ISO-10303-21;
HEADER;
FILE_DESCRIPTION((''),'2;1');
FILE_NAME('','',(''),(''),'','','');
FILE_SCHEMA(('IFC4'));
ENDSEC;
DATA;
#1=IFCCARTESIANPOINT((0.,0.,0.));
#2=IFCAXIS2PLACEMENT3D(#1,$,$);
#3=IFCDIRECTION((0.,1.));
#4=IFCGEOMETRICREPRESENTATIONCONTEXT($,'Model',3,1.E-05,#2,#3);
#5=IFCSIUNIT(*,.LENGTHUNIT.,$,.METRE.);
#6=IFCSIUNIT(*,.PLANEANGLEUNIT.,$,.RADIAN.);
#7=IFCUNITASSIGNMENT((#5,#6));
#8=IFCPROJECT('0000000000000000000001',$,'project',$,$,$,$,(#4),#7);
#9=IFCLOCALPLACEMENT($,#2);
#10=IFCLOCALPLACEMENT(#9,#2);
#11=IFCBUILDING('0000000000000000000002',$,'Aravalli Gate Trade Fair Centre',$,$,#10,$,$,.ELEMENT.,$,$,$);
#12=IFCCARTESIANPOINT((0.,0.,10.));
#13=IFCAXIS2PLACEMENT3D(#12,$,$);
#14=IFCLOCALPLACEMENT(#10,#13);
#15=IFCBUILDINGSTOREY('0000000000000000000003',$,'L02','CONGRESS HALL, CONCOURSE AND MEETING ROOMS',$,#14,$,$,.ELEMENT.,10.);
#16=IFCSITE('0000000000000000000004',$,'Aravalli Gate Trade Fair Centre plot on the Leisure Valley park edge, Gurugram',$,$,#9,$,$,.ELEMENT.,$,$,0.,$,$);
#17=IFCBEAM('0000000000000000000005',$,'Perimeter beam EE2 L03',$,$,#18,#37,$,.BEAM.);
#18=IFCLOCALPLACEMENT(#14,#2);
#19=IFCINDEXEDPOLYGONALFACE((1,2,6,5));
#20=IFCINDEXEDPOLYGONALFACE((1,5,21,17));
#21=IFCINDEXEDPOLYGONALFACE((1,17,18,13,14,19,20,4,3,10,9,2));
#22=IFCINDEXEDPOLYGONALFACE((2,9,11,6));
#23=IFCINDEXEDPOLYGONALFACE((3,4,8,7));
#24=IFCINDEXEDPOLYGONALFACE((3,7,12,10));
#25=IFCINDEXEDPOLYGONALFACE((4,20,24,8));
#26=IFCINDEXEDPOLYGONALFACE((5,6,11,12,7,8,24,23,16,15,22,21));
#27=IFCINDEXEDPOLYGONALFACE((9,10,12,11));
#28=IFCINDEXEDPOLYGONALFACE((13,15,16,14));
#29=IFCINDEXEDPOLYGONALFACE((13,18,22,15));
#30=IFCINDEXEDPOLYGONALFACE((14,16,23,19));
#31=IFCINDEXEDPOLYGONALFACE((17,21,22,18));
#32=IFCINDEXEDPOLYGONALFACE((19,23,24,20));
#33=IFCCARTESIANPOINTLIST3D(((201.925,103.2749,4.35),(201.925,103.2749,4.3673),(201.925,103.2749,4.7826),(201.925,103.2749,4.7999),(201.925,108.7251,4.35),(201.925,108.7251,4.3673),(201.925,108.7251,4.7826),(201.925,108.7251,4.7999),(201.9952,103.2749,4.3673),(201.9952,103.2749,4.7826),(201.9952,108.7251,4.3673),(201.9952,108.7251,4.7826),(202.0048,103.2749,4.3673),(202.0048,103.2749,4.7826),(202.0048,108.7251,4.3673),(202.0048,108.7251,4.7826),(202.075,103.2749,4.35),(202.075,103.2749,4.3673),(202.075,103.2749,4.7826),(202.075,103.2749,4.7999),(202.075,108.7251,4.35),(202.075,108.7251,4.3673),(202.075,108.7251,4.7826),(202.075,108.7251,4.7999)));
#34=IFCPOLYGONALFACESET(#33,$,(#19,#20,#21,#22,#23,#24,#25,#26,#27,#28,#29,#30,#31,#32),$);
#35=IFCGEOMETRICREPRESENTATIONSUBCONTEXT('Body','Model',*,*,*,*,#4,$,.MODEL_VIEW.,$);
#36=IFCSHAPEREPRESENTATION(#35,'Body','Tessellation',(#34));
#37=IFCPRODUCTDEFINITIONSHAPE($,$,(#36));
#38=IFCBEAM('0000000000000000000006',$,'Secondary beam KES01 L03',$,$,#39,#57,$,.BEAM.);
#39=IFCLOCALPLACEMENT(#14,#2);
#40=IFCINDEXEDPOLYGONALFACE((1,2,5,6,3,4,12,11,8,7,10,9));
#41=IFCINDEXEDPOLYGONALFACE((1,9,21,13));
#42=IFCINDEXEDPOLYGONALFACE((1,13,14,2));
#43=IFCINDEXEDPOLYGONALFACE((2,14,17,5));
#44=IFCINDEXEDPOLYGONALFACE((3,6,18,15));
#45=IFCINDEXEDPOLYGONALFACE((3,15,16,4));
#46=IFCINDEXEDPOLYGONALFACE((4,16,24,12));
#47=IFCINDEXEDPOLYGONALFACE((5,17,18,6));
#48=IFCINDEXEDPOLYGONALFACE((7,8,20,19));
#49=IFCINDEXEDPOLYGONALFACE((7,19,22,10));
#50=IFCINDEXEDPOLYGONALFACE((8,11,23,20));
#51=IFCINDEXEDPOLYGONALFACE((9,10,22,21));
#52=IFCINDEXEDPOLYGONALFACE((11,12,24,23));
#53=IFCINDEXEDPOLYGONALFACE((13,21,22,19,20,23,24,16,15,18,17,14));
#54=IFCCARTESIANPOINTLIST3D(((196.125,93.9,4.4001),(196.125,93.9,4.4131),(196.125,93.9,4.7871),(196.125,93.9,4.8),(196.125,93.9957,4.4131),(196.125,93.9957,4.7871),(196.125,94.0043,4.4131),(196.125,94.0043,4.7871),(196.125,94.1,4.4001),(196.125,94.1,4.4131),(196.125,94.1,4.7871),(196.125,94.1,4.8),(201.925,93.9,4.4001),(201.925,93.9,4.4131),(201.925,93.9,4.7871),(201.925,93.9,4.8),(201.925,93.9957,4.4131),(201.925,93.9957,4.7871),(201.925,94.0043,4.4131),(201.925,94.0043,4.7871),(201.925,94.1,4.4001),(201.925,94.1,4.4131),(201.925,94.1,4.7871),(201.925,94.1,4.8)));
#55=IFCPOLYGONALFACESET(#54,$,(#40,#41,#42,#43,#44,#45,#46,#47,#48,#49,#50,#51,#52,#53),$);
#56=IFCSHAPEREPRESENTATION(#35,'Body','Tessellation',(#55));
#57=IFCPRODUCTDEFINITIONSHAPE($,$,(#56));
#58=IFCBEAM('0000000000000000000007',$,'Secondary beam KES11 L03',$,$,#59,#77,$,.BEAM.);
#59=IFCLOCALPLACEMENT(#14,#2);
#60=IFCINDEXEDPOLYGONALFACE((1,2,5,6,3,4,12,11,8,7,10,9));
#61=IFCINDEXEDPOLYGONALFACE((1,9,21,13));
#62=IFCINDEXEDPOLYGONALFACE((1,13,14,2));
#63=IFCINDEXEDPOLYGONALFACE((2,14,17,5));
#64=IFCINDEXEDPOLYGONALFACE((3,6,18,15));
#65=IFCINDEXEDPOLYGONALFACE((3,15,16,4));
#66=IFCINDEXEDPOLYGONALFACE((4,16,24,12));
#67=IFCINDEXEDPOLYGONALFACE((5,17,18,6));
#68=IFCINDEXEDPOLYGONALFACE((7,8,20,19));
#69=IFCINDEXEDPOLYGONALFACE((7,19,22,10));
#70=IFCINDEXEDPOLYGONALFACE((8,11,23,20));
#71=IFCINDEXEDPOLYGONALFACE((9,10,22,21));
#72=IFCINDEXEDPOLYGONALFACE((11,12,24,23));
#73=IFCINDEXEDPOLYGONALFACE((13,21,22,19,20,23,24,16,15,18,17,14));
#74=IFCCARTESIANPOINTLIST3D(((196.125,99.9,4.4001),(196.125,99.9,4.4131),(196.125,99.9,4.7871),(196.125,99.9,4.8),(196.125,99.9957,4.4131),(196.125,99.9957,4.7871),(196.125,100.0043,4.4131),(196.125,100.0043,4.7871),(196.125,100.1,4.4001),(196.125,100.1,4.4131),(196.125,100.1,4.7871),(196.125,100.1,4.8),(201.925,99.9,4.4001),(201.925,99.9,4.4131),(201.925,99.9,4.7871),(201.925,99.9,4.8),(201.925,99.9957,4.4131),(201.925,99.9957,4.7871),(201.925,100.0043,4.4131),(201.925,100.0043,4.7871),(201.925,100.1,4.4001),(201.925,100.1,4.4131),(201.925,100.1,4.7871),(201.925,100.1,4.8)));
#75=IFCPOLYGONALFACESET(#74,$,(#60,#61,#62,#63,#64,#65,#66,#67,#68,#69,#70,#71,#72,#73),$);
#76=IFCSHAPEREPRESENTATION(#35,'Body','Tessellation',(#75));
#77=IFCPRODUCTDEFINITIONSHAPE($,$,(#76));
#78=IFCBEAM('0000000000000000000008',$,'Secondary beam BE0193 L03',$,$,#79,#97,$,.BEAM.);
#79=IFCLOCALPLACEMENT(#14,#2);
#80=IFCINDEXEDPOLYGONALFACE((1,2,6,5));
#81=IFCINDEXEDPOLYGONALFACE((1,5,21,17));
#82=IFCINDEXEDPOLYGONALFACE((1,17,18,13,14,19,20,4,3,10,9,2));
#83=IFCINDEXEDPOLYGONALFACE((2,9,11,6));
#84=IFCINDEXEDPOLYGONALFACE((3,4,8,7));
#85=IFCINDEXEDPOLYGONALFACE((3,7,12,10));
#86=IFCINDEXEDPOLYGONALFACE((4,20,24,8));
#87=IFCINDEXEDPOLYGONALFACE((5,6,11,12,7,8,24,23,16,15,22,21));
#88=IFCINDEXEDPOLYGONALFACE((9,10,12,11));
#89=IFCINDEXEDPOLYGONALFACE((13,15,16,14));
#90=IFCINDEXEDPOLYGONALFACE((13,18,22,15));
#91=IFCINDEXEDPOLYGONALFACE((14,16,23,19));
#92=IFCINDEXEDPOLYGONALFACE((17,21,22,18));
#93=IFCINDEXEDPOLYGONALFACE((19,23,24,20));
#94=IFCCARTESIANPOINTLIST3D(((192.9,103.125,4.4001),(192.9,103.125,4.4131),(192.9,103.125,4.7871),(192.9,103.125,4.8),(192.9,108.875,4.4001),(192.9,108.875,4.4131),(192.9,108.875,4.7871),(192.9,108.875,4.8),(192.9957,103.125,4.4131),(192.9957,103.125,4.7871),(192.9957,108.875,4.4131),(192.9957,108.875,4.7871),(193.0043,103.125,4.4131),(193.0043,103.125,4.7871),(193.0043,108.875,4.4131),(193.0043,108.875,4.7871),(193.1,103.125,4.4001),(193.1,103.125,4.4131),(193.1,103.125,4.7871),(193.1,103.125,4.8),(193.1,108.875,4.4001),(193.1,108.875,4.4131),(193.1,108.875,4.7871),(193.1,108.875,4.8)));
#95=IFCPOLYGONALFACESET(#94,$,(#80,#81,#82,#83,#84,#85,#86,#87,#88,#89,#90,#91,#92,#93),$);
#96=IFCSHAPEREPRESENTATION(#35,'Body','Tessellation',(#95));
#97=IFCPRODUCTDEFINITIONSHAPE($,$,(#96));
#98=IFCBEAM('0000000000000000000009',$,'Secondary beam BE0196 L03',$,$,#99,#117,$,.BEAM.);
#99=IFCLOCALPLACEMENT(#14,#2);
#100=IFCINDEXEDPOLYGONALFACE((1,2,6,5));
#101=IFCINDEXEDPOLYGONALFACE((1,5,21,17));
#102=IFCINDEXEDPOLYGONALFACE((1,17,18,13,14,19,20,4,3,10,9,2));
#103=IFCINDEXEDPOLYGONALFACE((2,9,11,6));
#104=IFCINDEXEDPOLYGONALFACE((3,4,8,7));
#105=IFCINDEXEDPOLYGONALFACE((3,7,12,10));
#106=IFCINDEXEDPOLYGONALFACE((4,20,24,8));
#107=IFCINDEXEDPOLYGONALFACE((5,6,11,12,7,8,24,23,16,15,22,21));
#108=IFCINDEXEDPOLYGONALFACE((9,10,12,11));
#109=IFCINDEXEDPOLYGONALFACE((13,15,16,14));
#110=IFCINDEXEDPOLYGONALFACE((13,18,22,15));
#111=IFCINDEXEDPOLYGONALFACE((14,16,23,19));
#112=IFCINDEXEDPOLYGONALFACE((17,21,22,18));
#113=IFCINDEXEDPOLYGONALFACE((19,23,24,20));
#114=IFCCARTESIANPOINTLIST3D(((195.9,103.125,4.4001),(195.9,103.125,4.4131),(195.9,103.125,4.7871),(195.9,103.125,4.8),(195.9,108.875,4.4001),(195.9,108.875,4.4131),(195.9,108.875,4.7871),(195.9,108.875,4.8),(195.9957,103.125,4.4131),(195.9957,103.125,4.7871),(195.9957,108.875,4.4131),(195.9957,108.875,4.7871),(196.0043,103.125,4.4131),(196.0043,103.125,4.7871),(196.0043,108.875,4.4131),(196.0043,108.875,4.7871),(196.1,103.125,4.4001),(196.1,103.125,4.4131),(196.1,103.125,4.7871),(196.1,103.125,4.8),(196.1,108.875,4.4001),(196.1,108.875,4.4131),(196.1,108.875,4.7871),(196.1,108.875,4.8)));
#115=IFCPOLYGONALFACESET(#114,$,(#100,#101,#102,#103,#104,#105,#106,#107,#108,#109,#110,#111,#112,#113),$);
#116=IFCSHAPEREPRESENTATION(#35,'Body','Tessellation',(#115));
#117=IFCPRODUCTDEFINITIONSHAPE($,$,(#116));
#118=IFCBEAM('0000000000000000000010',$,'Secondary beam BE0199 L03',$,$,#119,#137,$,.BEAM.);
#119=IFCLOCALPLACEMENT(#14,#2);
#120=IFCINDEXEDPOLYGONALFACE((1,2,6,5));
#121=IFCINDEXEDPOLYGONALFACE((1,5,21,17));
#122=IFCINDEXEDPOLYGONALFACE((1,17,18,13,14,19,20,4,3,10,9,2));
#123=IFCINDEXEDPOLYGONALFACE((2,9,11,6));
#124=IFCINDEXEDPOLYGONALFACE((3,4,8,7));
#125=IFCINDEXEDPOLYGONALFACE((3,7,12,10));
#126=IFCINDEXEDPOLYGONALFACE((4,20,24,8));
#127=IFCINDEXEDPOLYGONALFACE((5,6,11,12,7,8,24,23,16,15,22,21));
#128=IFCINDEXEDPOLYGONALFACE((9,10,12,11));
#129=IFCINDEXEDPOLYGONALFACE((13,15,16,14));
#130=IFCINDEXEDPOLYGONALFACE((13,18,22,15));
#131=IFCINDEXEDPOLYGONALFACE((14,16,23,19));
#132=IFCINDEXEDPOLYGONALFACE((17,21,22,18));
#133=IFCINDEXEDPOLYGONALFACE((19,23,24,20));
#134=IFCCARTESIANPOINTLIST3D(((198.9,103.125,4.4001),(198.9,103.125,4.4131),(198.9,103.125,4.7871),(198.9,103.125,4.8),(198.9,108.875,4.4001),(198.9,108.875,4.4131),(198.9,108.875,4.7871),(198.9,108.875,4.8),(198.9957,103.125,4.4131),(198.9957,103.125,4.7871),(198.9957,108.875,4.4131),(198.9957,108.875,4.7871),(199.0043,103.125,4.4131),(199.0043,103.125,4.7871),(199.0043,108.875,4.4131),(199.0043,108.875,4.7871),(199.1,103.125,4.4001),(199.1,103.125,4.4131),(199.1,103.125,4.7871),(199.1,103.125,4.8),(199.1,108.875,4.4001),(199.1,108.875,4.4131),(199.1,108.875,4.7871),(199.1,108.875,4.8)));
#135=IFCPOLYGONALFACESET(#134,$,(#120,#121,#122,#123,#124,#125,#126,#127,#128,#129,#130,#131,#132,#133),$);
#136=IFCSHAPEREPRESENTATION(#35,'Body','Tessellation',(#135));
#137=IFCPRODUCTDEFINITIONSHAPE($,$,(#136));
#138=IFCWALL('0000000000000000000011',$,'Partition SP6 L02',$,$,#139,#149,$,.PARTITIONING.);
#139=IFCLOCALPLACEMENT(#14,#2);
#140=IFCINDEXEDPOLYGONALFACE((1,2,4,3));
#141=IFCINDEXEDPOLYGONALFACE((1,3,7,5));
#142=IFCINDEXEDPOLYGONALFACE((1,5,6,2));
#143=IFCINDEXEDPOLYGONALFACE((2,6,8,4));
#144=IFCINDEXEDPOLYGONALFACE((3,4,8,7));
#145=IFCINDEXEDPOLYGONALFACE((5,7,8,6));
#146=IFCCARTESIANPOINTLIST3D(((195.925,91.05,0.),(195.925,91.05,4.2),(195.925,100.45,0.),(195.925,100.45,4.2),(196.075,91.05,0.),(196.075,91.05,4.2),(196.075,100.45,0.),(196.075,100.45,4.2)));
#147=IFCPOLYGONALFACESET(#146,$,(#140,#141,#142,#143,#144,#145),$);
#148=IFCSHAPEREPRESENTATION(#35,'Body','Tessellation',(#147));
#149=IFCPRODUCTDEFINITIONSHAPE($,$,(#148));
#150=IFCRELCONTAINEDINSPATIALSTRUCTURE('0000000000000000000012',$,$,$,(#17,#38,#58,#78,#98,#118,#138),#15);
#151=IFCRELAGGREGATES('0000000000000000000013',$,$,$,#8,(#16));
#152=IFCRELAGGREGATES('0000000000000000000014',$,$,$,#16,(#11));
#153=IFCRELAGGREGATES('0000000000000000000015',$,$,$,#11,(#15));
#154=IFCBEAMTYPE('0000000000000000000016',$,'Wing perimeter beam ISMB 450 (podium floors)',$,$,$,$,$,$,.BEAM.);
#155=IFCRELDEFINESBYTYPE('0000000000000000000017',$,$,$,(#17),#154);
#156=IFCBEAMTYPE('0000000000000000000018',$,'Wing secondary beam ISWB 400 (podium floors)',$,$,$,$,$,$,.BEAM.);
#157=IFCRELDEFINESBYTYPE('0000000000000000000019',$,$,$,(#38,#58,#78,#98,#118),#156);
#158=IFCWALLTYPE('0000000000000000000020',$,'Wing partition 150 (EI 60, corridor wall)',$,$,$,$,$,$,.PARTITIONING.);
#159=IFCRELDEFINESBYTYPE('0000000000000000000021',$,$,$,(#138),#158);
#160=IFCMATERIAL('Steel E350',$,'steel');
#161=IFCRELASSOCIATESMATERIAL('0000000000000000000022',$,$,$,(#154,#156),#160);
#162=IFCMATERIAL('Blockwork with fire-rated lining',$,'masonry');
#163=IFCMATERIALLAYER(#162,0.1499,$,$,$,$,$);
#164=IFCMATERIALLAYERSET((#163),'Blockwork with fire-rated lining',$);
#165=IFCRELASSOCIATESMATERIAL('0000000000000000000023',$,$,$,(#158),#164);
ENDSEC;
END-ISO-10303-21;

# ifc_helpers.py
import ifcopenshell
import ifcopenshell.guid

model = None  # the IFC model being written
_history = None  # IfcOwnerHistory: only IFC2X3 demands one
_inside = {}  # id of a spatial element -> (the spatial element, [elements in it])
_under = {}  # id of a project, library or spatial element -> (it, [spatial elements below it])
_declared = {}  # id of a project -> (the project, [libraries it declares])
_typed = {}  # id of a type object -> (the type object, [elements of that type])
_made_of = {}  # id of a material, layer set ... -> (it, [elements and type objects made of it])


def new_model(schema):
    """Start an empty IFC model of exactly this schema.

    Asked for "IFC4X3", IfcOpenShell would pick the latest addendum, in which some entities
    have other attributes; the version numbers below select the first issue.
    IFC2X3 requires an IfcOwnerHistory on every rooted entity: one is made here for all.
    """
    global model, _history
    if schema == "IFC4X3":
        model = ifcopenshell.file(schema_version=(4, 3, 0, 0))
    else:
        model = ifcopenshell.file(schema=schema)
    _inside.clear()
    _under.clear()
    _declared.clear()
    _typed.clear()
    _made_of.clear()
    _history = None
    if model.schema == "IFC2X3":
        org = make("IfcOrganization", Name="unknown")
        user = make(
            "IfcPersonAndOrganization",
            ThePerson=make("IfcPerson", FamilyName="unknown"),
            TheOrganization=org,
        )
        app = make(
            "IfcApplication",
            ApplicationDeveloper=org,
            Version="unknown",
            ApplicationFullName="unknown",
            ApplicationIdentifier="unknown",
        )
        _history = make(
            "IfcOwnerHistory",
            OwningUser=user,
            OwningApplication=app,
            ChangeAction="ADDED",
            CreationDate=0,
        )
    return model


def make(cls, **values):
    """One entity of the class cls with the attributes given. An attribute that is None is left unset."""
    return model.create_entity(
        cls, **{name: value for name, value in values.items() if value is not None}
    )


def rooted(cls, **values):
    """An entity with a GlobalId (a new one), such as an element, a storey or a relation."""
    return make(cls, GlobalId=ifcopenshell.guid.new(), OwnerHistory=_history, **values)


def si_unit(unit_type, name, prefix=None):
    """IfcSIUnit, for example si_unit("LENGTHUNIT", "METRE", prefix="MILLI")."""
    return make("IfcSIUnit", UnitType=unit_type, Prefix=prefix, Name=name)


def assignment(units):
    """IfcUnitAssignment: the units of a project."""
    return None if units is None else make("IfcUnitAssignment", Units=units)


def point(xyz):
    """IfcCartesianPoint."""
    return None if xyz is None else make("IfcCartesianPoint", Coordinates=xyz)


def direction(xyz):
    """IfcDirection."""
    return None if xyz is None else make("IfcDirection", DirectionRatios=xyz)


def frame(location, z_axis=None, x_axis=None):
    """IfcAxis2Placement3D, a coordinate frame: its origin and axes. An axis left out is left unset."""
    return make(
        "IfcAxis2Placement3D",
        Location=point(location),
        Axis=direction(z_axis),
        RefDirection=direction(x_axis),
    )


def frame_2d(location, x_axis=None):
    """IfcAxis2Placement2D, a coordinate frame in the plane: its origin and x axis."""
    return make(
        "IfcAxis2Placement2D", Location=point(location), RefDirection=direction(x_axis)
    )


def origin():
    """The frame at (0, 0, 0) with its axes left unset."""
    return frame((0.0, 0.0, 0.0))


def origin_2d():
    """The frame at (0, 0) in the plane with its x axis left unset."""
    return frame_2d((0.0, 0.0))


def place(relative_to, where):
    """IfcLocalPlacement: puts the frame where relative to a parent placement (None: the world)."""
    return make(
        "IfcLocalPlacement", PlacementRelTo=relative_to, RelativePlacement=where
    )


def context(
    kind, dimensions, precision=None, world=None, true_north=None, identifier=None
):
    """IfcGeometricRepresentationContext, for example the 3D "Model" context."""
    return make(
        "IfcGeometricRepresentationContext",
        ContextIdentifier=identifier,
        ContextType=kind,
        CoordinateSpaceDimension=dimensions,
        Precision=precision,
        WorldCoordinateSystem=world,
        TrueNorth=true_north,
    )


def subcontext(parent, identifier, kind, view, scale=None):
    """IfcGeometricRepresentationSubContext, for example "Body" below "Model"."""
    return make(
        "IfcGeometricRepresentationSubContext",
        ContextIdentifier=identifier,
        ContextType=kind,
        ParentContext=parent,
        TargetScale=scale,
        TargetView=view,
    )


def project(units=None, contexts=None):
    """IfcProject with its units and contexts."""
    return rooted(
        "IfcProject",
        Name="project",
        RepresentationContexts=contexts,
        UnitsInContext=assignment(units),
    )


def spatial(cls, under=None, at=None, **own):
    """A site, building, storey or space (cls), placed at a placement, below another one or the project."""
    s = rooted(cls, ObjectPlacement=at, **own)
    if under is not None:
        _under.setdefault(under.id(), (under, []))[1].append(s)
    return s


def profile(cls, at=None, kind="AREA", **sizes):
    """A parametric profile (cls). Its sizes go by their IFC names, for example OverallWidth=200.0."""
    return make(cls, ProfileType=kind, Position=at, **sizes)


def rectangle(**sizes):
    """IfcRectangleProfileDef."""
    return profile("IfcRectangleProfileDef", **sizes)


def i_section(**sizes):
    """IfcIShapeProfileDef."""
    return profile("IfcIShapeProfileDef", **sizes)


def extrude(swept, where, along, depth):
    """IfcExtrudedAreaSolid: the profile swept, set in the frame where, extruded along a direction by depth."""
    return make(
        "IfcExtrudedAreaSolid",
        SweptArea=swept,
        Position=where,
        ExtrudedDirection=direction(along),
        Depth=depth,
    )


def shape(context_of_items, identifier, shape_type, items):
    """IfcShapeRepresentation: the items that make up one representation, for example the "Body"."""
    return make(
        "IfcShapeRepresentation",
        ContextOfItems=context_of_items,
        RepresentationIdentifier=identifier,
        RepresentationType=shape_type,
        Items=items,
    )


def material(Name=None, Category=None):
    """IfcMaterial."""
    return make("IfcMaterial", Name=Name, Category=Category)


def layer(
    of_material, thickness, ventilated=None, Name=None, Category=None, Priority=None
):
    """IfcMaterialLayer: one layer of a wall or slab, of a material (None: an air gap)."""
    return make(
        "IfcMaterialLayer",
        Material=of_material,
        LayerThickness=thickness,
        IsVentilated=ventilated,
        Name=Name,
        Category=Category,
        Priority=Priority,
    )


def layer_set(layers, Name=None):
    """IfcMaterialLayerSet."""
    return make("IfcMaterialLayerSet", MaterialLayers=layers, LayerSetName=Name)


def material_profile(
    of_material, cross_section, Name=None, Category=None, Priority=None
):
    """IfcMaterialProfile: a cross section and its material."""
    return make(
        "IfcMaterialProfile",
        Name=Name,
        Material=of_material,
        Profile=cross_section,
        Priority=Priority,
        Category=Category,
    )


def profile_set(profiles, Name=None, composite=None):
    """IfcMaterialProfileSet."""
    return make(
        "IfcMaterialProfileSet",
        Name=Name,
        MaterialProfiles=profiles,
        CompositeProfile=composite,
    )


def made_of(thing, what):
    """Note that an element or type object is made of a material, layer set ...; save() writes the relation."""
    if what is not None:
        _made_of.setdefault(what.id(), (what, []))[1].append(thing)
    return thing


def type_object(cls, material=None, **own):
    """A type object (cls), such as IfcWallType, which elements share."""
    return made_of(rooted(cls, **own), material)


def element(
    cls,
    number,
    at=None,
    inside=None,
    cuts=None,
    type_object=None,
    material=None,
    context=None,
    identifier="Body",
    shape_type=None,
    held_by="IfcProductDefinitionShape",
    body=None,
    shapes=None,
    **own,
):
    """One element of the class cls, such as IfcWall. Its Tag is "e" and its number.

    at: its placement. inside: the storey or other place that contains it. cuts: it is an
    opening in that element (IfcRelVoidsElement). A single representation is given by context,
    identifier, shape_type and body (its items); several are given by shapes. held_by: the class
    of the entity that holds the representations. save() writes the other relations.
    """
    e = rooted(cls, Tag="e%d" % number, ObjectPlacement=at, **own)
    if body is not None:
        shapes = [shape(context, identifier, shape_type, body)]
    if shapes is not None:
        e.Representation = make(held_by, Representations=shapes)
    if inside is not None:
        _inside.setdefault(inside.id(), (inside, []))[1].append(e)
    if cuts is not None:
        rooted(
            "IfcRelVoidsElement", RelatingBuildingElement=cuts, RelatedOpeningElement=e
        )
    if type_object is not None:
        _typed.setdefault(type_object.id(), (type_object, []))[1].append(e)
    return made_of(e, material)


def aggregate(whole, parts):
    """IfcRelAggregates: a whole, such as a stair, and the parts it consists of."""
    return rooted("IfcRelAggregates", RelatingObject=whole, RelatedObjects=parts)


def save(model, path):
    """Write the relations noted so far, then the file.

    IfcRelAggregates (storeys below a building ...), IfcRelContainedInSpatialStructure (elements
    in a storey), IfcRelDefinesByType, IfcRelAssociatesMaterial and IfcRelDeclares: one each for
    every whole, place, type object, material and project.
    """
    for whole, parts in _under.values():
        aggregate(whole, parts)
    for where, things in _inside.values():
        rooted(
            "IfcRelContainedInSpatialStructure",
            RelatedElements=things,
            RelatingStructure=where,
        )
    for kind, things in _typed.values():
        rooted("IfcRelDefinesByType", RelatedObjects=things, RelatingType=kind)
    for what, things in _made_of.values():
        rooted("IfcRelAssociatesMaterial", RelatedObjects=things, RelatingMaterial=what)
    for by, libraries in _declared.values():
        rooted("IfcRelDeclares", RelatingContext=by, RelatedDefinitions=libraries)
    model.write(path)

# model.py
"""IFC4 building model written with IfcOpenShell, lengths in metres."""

from ifc_helpers import new_model, si_unit, direction, frame, frame_2d, origin, origin_2d, place, context, subcontext, project, spatial, rectangle, i_section, extrude, material, layer, layer_set, material_profile, profile_set, type_object, element, save


model = new_model("IFC4")

# Units and contexts
model_context = context("Model", 3, precision=1e-05, world=origin(), true_north=direction((0.0, 1.0)))
body_context = subcontext(model_context, "Body", "Model", "MODEL_VIEW")
ifc_project = project(units=[si_unit("LENGTHUNIT", "METRE"), si_unit("PLANEANGLEUNIT", "RADIAN")], contexts=[model_context])

# Site, building, storey
site_placement = place(None, origin())
site = spatial("IfcSite", under=ifc_project, at=site_placement, Name="Aravalli Gate Trade Fair Centre plot on the Leisure Valley park edge, Gurugram", CompositionType="ELEMENT", RefElevation=0.0)
building_placement = place(site_placement, origin())
building = spatial("IfcBuilding", under=site, at=building_placement, Name="Aravalli Gate Trade Fair Centre", CompositionType="ELEMENT")
storey_placement = place(building_placement, frame((0.0, 0.0, 10.0)))
storey = spatial("IfcBuildingStorey", under=building, at=storey_placement, Name="L02", Description="CONGRESS HALL, CONCOURSE AND MEETING ROOMS", CompositionType="ELEMENT", Elevation=10.0)

# Shared definitions
ifc_material_1 = material(Name="Steel E350", Category="steel")

# Beams
ifc_material_profile_1 = material_profile(ifc_material_1, i_section(OverallWidth=0.1499, OverallDepth=0.45, WebThickness=0.0095, FlangeThickness=0.0173, at=origin_2d()), Name="ISMB 450")
ifc_profile_set_1 = profile_set([ifc_material_profile_1], Name="Steel E350")
beam_type_1 = type_object("IfcBeamType", Name="Wing perimeter beam ISMB 450 (podium floors)", PredefinedType="BEAM", material=ifc_profile_set_1)
for number, where, z_axis, x_axis, name in (
    (1, (202.0, 103.2749, 4.575), (0.0, 1.0, 0.0), (-1.0, 0.0, 0.0), "Perimeter beam EE2 L03"),
):
    element("IfcBeam", number, at=place(storey_placement, frame(where, z_axis=z_axis, x_axis=x_axis)), inside=storey, type_object=beam_type_1, Name=name, PredefinedType="BEAM", context=body_context, shape_type="SweptSolid", body=[
        extrude(i_section(OverallWidth=0.1499, OverallDepth=0.45, WebThickness=0.0095, FlangeThickness=0.0173, at=origin_2d()), origin(), (0.0, 0.0, 1.0), 5.4502),
    ])
ifc_material_profile_2 = material_profile(ifc_material_1, i_section(OverallWidth=0.2, OverallDepth=0.3999, WebThickness=0.0085, FlangeThickness=0.0129, at=origin_2d()), Name="ISWB 400")
ifc_profile_set_2 = profile_set([ifc_material_profile_2], Name="Steel E350")
beam_type_2 = type_object("IfcBeamType", Name="Wing secondary beam ISWB 400 (podium floors)", PredefinedType="BEAM", material=ifc_profile_set_2)
for number, where, z_axis, x_axis, name in (
    (2, (196.125, 94.0, 4.6001), (1.0, 0.0, 0.0), (0.0, 1.0, 0.0), "Secondary beam KES01 L03"),
    (3, (196.125, 100.0, 4.6001), (1.0, 0.0, 0.0), (0.0, 1.0, 0.0), "Secondary beam KES11 L03"),
):
    element("IfcBeam", number, at=place(storey_placement, frame(where, z_axis=z_axis, x_axis=x_axis)), inside=storey, type_object=beam_type_2, Name=name, PredefinedType="BEAM", context=body_context, shape_type="SweptSolid", body=[
        extrude(i_section(OverallWidth=0.2, OverallDepth=0.3999, WebThickness=0.0085, FlangeThickness=0.0129, at=origin_2d()), origin(), (0.0, 0.0, 1.0), 5.8),
    ])
for number, where, z_axis, x_axis, name in (
    (4, (193.0, 103.125, 4.6001), (0.0, 1.0, 0.0), (-1.0, 0.0, 0.0), "Secondary beam BE0193 L03"),
    (5, (196.0, 103.125, 4.6001), (0.0, 1.0, 0.0), (-1.0, 0.0, 0.0), "Secondary beam BE0196 L03"),
    (6, (199.0, 103.125, 4.6001), (0.0, 1.0, 0.0), (-1.0, 0.0, 0.0), "Secondary beam BE0199 L03"),
):
    element("IfcBeam", number, at=place(storey_placement, frame(where, z_axis=z_axis, x_axis=x_axis)), inside=storey, type_object=beam_type_2, Name=name, PredefinedType="BEAM", context=body_context, shape_type="SweptSolid", body=[
        extrude(i_section(OverallWidth=0.2, OverallDepth=0.3999, WebThickness=0.0085, FlangeThickness=0.0129, at=origin_2d()), origin(), (0.0, 0.0, 1.0), 5.75),
    ])

# Wall
ifc_material_2 = material(Name="Blockwork with fire-rated lining", Category="masonry")
ifc_layer_1 = layer(ifc_material_2, 0.1499)
ifc_layer_set_1 = layer_set([ifc_layer_1], Name="Blockwork with fire-rated lining")
wall_type_1 = type_object("IfcWallType", Name="Wing partition 150 (EI 60, corridor wall)", PredefinedType="PARTITIONING", material=ifc_layer_set_1)
wall_1_placement = place(storey_placement, frame((196.0, 91.05, 0.0), z_axis=(0.0, 0.0, 1.0), x_axis=(0.0, 1.0, 0.0)))
element("IfcWall", 7, at=wall_1_placement, inside=storey, type_object=wall_type_1, Name="Partition SP6 L02", PredefinedType="PARTITIONING", context=body_context, shape_type="SweptSolid", body=[
    extrude(rectangle(XDim=9.3999, YDim=0.1499, at=frame_2d((4.7, 0.0))), origin(), (0.0, 0.0, 1.0), 4.2),
])

save(model, "model.ifc")
